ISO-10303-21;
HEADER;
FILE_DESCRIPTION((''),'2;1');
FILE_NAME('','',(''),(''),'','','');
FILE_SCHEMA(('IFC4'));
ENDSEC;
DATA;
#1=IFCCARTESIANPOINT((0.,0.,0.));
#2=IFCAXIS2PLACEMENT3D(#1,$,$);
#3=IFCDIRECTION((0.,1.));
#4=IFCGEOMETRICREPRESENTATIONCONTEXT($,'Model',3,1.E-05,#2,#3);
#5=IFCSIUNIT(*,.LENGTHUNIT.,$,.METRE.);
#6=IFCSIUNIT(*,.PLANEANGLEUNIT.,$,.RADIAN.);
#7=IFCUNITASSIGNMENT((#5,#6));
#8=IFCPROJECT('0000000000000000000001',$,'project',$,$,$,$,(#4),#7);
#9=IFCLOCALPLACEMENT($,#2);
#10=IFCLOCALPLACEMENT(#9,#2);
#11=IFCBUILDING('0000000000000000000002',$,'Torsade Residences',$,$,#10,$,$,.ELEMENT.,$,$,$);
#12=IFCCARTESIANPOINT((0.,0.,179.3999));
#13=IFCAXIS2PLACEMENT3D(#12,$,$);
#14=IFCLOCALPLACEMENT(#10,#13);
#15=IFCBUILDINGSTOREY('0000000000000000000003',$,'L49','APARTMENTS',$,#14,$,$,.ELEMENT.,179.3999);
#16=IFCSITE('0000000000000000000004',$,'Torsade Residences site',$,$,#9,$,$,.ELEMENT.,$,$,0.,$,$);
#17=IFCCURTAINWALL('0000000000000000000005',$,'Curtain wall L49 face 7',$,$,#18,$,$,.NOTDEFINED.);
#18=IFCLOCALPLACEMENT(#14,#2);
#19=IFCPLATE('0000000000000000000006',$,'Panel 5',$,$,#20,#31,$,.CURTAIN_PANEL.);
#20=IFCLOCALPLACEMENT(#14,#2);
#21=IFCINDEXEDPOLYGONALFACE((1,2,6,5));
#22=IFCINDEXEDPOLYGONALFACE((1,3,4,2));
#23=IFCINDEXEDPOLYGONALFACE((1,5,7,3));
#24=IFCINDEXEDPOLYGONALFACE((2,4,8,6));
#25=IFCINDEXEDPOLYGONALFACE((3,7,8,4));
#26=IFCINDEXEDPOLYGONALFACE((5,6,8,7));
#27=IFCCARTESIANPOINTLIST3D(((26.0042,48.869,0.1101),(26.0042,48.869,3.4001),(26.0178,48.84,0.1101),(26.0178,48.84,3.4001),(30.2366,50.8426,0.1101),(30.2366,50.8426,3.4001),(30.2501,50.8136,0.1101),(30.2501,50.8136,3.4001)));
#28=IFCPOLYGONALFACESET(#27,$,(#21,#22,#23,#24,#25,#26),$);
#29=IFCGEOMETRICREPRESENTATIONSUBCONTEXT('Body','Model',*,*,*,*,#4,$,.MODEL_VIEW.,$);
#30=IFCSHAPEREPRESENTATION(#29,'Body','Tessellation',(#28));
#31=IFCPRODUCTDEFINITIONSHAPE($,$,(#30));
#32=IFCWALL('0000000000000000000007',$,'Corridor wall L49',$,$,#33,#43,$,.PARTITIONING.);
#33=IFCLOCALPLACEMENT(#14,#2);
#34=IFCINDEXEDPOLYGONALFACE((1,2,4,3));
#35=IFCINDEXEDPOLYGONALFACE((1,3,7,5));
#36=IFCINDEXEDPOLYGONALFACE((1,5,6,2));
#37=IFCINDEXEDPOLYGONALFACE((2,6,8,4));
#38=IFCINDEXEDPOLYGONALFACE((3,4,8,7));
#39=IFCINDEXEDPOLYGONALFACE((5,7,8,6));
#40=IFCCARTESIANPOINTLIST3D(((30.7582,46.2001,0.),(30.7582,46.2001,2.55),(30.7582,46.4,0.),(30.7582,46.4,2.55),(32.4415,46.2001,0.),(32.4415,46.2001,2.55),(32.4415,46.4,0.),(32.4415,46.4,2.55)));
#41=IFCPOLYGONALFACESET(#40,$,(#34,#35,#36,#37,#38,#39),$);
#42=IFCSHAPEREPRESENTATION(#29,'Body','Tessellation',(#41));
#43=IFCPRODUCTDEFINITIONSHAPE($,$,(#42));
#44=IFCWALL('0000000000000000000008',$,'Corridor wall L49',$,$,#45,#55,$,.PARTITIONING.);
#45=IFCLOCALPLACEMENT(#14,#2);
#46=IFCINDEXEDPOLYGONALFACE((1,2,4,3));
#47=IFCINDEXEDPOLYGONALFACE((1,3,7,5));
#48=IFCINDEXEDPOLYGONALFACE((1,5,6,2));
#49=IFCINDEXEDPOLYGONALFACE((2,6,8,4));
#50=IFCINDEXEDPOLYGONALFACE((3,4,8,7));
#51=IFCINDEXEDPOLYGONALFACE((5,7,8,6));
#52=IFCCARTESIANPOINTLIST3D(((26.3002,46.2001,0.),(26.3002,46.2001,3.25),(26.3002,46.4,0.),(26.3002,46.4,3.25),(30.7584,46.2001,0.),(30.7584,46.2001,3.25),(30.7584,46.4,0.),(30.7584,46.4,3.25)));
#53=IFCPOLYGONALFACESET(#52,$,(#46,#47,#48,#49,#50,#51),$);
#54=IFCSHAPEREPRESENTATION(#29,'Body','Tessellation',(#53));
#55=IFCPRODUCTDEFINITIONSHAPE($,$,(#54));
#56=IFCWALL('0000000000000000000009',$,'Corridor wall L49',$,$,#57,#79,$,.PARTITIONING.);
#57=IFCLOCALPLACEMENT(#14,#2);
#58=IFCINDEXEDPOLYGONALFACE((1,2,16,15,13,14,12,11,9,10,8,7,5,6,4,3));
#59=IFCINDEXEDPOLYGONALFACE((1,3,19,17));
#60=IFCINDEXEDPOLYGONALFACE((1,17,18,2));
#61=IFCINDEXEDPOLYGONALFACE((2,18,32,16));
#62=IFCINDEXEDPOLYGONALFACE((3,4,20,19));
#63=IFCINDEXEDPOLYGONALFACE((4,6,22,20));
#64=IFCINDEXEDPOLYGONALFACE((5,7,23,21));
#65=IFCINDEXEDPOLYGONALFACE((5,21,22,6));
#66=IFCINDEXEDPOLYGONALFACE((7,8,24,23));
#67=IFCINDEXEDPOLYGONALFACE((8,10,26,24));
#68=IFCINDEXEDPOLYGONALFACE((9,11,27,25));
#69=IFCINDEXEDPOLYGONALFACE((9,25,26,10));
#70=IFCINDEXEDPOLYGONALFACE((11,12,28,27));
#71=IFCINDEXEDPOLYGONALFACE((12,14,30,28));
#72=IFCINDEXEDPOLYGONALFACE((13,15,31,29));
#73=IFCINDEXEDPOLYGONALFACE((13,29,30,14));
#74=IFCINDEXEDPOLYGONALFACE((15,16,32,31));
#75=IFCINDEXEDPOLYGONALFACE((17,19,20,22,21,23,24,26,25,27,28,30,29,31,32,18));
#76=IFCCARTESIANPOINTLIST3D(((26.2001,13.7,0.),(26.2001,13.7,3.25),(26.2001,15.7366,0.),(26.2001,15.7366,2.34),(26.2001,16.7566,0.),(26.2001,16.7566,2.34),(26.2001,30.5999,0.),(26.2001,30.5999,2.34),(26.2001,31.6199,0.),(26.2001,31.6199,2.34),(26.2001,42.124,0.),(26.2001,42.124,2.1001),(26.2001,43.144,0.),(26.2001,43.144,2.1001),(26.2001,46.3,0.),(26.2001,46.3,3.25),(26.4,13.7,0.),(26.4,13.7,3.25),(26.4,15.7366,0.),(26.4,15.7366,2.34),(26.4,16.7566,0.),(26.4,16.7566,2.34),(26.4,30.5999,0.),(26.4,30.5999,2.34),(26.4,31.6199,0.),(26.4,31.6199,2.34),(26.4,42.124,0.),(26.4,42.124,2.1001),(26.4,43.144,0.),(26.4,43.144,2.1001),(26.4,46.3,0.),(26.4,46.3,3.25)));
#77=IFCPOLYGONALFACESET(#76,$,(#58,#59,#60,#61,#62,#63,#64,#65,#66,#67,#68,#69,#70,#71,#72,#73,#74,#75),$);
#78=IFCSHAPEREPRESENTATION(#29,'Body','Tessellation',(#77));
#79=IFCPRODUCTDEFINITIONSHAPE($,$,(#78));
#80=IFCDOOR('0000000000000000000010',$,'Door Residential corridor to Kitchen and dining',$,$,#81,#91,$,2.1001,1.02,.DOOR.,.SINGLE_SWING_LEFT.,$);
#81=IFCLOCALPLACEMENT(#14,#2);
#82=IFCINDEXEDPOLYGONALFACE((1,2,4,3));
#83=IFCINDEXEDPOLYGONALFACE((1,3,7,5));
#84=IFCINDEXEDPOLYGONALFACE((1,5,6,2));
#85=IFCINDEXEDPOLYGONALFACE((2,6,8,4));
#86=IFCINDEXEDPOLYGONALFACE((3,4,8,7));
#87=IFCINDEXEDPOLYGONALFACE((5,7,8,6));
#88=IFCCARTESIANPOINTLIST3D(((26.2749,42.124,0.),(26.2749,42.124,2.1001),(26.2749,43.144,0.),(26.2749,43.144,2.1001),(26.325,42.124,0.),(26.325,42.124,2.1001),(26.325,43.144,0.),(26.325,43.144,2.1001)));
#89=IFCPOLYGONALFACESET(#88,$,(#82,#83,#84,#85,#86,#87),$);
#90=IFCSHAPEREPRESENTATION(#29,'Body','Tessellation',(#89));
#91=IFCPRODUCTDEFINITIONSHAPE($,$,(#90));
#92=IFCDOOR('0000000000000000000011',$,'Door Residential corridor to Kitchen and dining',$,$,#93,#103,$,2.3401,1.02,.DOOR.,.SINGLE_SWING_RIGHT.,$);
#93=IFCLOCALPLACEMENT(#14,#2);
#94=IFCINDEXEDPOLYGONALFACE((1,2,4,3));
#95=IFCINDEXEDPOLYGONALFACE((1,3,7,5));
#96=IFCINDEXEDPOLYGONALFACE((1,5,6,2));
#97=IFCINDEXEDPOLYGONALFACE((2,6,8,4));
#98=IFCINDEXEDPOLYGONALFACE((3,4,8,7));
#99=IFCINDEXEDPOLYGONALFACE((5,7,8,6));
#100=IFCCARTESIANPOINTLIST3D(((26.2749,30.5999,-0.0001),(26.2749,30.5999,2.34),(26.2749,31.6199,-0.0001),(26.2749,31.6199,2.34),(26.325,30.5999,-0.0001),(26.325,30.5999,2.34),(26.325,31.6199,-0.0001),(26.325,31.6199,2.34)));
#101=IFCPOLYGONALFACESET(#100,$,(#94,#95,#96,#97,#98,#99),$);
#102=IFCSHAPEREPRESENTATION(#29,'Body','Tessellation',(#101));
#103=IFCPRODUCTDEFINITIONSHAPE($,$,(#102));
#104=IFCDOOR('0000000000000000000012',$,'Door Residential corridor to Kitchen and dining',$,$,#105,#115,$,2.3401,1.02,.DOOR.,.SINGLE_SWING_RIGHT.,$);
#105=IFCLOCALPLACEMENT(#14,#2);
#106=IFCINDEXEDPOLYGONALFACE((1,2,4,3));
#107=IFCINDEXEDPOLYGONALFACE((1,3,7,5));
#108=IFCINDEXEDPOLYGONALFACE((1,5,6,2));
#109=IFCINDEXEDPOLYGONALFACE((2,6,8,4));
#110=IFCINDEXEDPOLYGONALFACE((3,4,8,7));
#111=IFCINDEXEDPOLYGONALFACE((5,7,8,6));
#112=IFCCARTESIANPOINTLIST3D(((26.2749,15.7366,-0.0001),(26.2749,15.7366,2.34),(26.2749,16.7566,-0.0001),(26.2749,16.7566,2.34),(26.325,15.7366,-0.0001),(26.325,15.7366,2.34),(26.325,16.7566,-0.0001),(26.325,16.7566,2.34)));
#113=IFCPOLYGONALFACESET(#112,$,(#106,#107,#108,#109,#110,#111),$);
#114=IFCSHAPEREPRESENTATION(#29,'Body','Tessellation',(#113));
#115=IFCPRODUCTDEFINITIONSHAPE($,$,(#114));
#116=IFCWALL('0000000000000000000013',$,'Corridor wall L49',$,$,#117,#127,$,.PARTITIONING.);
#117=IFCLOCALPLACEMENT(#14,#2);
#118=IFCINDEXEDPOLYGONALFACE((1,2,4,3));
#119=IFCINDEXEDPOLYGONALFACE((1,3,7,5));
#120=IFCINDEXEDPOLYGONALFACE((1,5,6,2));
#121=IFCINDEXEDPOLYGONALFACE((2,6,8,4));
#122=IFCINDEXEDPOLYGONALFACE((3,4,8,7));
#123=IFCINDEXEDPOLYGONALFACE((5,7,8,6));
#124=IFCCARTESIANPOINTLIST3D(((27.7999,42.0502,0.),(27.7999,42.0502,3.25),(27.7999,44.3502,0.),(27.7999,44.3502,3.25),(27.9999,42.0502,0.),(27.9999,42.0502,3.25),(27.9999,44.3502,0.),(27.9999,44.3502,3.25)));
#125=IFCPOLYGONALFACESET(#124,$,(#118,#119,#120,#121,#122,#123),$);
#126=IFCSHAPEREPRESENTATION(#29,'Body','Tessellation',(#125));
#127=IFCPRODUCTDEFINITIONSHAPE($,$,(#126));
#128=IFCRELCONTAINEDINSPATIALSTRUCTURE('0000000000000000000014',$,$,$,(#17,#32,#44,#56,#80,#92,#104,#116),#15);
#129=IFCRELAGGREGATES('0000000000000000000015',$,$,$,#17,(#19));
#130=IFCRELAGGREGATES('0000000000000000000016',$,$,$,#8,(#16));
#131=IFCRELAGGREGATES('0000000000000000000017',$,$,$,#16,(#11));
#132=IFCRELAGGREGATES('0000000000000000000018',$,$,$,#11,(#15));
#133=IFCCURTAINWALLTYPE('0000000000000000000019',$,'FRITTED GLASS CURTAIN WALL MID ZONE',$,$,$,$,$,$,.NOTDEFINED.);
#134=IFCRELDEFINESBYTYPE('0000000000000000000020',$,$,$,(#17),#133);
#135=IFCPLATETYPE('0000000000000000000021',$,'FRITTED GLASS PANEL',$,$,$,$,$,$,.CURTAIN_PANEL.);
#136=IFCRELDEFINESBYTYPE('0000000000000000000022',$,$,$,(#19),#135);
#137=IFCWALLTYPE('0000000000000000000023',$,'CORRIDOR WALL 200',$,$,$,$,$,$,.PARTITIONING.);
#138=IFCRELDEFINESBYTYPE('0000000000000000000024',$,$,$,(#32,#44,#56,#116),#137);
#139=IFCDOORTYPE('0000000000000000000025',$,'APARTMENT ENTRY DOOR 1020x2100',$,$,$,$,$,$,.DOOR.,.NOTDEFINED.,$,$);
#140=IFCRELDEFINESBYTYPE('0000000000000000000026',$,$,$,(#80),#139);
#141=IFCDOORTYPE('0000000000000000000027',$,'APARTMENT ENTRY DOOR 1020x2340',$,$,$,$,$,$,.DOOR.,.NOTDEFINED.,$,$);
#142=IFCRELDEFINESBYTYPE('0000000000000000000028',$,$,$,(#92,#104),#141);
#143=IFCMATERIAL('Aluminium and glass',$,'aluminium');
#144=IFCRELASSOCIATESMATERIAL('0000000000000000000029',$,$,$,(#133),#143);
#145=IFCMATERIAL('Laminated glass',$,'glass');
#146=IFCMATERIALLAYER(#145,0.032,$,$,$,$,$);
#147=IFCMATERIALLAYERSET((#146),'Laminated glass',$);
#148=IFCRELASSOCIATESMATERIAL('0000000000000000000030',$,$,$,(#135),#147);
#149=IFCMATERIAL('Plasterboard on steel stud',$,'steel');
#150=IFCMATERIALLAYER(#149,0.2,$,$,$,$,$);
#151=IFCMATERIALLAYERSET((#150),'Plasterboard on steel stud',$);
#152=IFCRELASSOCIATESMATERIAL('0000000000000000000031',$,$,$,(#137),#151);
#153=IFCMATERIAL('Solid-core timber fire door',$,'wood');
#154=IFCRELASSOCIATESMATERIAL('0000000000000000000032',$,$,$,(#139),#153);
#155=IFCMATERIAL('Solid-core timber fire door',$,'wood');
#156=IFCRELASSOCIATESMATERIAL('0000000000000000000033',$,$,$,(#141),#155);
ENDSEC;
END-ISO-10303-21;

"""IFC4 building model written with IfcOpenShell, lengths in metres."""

from ifc_helpers import new_model, si_unit, direction, frame, frame_2d, origin, origin_2d, place, context, subcontext, project, spatial, rectangle, extrude, material, layer, layer_set, type_object, element, fill, aggregate, save


model = new_model("IFC4")

# Units and contexts
model_context = context("Model", 3, precision=1e-05, world=origin(), true_north=direction((0.0, 1.0)))
body_context = subcontext(model_context, "Body", "Model", "MODEL_VIEW")
ifc_project = project(units=[si_unit("LENGTHUNIT", "METRE"), si_unit("PLANEANGLEUNIT", "RADIAN")], contexts=[model_context])

# Site, building, storey
site_placement = place(None, origin())
site = spatial("IfcSite", under=ifc_project, at=site_placement, Name="Torsade Residences site", CompositionType="ELEMENT", RefElevation=0.0)
building_placement = place(site_placement, origin())
building = spatial("IfcBuilding", under=site, at=building_placement, Name="Torsade Residences", CompositionType="ELEMENT")
storey_placement = place(building_placement, frame((0.0, 0.0, 179.3999)))
storey = spatial("IfcBuildingStorey", under=building, at=storey_placement, Name="L49", Description="APARTMENTS", CompositionType="ELEMENT", Elevation=179.3999)

# Curtain wall
ifc_material_1 = material(Name="Aluminium and glass", Category="aluminium")
curtain_wall_type = type_object("IfcCurtainWallType", Name="FRITTED GLASS CURTAIN WALL MID ZONE", PredefinedType="NOTDEFINED", material=ifc_material_1)
curtain_wall_placement = place(storey_placement, origin())
curtain_wall = element("IfcCurtainWall", 1, at=curtain_wall_placement, inside=storey, type_object=curtain_wall_type, Name="Curtain wall L49 face 7", PredefinedType="NOTDEFINED")

# Plate
ifc_material_2 = material(Name="Laminated glass", Category="glass")
ifc_layer_1 = layer(ifc_material_2, 0.032)
ifc_layer_set_1 = layer_set([ifc_layer_1], Name="Laminated glass")
plate_type = type_object("IfcPlateType", Name="FRITTED GLASS PANEL", PredefinedType="CURTAIN_PANEL", material=ifc_layer_set_1)
plate_1_placement = place(storey_placement, frame((28.1272, 49.8413, 0.1101), z_axis=(0.0, 0.0, 1.0), x_axis=(-0.906308, -0.422618, 0.0)))
plate_1 = element("IfcPlate", 2, at=plate_1_placement, type_object=plate_type, Name="Panel 5", PredefinedType="CURTAIN_PANEL", context=body_context, shape_type="SweptSolid", body=[
    extrude(rectangle(XDim=4.6699, YDim=0.032, at=origin_2d()), origin(), (0.0, 0.0, 1.0), 3.29),
])
aggregate(curtain_wall, [plate_1])

# Walls
ifc_material_3 = material(Name="Plasterboard on steel stud", Category="steel")
ifc_layer_2 = layer(ifc_material_3, 0.2)
ifc_layer_set_2 = layer_set([ifc_layer_2], Name="Plasterboard on steel stud")
wall_type_1 = type_object("IfcWallType", Name="CORRIDOR WALL 200", PredefinedType="PARTITIONING", material=ifc_layer_set_2)
wall_1_placement = place(storey_placement, frame((32.4417, 46.3, 0.0), z_axis=(0.0, 0.0, 1.0), x_axis=(-1.0, 0.0, 0.0)))
element("IfcWall", 3, at=wall_1_placement, inside=storey, type_object=wall_type_1, Name="Corridor wall L49", PredefinedType="PARTITIONING", context=body_context, shape_type="SweptSolid", body=[
    extrude(rectangle(XDim=1.6833, YDim=0.2, at=frame_2d((0.8418, 0.0))), origin(), (0.0, 0.0, 1.0), 2.55),
])
wall_2_placement = place(storey_placement, frame((30.7583, 46.3, 0.0), z_axis=(0.0, 0.0, 1.0), x_axis=(-1.0, 0.0, 0.0)))
element("IfcWall", 4, at=wall_2_placement, inside=storey, type_object=wall_type_1, Name="Corridor wall L49", PredefinedType="PARTITIONING", context=body_context, shape_type="SweptSolid", body=[
    extrude(rectangle(XDim=4.4583, YDim=0.2, at=frame_2d((2.229, 0.0))), origin(), (0.0, 0.0, 1.0), 3.25),
])

# Wall, openings, doors
wall_3_placement = place(storey_placement, frame((26.3, 46.3, 0.0), z_axis=(0.0, 0.0, 1.0), x_axis=(0.0, -1.0, 0.0)))
wall_3 = element("IfcWall", 5, at=wall_3_placement, inside=storey, type_object=wall_type_1, Name="Corridor wall L49", PredefinedType="PARTITIONING", context=body_context, shape_type="SweptSolid", body=[
    extrude(rectangle(XDim=32.6001, YDim=0.2, at=frame_2d((16.3, 0.0))), origin(), (0.0, 0.0, 1.0), 3.25),
])
opening_1_placement = place(wall_3_placement, frame((3.156, 0.0, 0.0)))
opening_1 = element("IfcOpeningElement", 6, at=opening_1_placement, cuts=wall_3, PredefinedType="OPENING", context=body_context, shape_type="SweptSolid", body=[
    extrude(rectangle(XDim=1.02, YDim=2.1001, at=frame_2d((0.51, 1.05))), frame((0.0, 0.1099, 0.0), z_axis=(0.0, -1.0, 0.0), x_axis=(1.0, 0.0, 0.0)), (0.0, 0.0, 1.0), 0.22),
])
opening_2_placement = place(wall_3_placement, frame((14.6802, 0.0, 0.0)))
opening_2 = element("IfcOpeningElement", 7, at=opening_2_placement, cuts=wall_3, PredefinedType="OPENING", context=body_context, shape_type="SweptSolid", body=[
    extrude(rectangle(XDim=1.02, YDim=2.3401, at=frame_2d((0.51, 1.1699))), frame((0.0, 0.1099, 0.0), z_axis=(0.0, -1.0, 0.0), x_axis=(1.0, 0.0, 0.0)), (0.0, 0.0, 1.0), 0.22),
])
opening_3_placement = place(wall_3_placement, frame((29.5435, 0.0, 0.0)))
opening_3 = element("IfcOpeningElement", 8, at=opening_3_placement, cuts=wall_3, PredefinedType="OPENING", context=body_context, shape_type="SweptSolid", body=[
    extrude(rectangle(XDim=1.02, YDim=2.3401, at=frame_2d((0.51, 1.1699))), frame((0.0, 0.1099, 0.0), z_axis=(0.0, -1.0, 0.0), x_axis=(1.0, 0.0, 0.0)), (0.0, 0.0, 1.0), 0.22),
])
ifc_material_4 = material(Name="Solid-core timber fire door", Category="wood")
door_type_1 = type_object("IfcDoorType", Name="APARTMENT ENTRY DOOR 1020x2100", OperationType="NOTDEFINED", PredefinedType="DOOR", material=ifc_material_4)
door_1_placement = place(opening_1_placement, origin())
door_1 = element("IfcDoor", 9, at=door_1_placement, inside=storey, type_object=door_type_1, Name="Door Residential corridor to Kitchen and dining", OperationType="SINGLE_SWING_LEFT", OverallHeight=2.1001, OverallWidth=1.02, PredefinedType="DOOR", context=body_context, shape_type="SweptSolid", body=[
    extrude(rectangle(XDim=1.02, YDim=2.1001, at=frame_2d((0.51, 1.05))), frame((0.0, 0.0249, 0.0), z_axis=(0.0, -1.0, 0.0), x_axis=(1.0, 0.0, 0.0)), (0.0, 0.0, 1.0), 0.05),
])
fill(opening_1, door_1)
ifc_material_5 = material(Name="Solid-core timber fire door", Category="wood")
door_type_2 = type_object("IfcDoorType", Name="APARTMENT ENTRY DOOR 1020x2340", OperationType="NOTDEFINED", PredefinedType="DOOR", material=ifc_material_5)
door_2_placement = place(opening_2_placement, origin())
door_2 = element("IfcDoor", 10, at=door_2_placement, inside=storey, type_object=door_type_2, Name="Door Residential corridor to Kitchen and dining", OperationType="SINGLE_SWING_RIGHT", OverallHeight=2.3401, OverallWidth=1.02, PredefinedType="DOOR", context=body_context, shape_type="SweptSolid", body=[
    extrude(rectangle(XDim=1.02, YDim=2.3401, at=frame_2d((0.51, 1.1699))), frame((0.0, 0.0249, 0.0), z_axis=(0.0, -1.0, 0.0), x_axis=(1.0, 0.0, 0.0)), (0.0, 0.0, 1.0), 0.05),
])
fill(opening_2, door_2)
door_3_placement = place(opening_3_placement, origin())
door_3 = element("IfcDoor", 11, at=door_3_placement, inside=storey, type_object=door_type_2, Name="Door Residential corridor to Kitchen and dining", OperationType="SINGLE_SWING_RIGHT", OverallHeight=2.3401, OverallWidth=1.02, PredefinedType="DOOR", context=body_context, shape_type="SweptSolid", body=[
    extrude(rectangle(XDim=1.02, YDim=2.3401, at=frame_2d((0.51, 1.1699))), frame((0.0, 0.0249, 0.0), z_axis=(0.0, -1.0, 0.0), x_axis=(1.0, 0.0, 0.0)), (0.0, 0.0, 1.0), 0.05),
])
fill(opening_3, door_3)

# Wall
wall_4_placement = place(storey_placement, frame((27.8999, 44.3501, 0.0), z_axis=(0.0, 0.0, 1.0), x_axis=(0.0, -1.0, 0.0)))
element("IfcWall", 12, at=wall_4_placement, inside=storey, type_object=wall_type_1, Name="Corridor wall L49", PredefinedType="PARTITIONING", context=body_context, shape_type="SweptSolid", body=[
    extrude(rectangle(XDim=2.3, YDim=0.2, at=frame_2d((1.1499, 0.0))), origin(), (0.0, 0.0, 1.0), 3.25),
])

save(model, "model.ifc")
